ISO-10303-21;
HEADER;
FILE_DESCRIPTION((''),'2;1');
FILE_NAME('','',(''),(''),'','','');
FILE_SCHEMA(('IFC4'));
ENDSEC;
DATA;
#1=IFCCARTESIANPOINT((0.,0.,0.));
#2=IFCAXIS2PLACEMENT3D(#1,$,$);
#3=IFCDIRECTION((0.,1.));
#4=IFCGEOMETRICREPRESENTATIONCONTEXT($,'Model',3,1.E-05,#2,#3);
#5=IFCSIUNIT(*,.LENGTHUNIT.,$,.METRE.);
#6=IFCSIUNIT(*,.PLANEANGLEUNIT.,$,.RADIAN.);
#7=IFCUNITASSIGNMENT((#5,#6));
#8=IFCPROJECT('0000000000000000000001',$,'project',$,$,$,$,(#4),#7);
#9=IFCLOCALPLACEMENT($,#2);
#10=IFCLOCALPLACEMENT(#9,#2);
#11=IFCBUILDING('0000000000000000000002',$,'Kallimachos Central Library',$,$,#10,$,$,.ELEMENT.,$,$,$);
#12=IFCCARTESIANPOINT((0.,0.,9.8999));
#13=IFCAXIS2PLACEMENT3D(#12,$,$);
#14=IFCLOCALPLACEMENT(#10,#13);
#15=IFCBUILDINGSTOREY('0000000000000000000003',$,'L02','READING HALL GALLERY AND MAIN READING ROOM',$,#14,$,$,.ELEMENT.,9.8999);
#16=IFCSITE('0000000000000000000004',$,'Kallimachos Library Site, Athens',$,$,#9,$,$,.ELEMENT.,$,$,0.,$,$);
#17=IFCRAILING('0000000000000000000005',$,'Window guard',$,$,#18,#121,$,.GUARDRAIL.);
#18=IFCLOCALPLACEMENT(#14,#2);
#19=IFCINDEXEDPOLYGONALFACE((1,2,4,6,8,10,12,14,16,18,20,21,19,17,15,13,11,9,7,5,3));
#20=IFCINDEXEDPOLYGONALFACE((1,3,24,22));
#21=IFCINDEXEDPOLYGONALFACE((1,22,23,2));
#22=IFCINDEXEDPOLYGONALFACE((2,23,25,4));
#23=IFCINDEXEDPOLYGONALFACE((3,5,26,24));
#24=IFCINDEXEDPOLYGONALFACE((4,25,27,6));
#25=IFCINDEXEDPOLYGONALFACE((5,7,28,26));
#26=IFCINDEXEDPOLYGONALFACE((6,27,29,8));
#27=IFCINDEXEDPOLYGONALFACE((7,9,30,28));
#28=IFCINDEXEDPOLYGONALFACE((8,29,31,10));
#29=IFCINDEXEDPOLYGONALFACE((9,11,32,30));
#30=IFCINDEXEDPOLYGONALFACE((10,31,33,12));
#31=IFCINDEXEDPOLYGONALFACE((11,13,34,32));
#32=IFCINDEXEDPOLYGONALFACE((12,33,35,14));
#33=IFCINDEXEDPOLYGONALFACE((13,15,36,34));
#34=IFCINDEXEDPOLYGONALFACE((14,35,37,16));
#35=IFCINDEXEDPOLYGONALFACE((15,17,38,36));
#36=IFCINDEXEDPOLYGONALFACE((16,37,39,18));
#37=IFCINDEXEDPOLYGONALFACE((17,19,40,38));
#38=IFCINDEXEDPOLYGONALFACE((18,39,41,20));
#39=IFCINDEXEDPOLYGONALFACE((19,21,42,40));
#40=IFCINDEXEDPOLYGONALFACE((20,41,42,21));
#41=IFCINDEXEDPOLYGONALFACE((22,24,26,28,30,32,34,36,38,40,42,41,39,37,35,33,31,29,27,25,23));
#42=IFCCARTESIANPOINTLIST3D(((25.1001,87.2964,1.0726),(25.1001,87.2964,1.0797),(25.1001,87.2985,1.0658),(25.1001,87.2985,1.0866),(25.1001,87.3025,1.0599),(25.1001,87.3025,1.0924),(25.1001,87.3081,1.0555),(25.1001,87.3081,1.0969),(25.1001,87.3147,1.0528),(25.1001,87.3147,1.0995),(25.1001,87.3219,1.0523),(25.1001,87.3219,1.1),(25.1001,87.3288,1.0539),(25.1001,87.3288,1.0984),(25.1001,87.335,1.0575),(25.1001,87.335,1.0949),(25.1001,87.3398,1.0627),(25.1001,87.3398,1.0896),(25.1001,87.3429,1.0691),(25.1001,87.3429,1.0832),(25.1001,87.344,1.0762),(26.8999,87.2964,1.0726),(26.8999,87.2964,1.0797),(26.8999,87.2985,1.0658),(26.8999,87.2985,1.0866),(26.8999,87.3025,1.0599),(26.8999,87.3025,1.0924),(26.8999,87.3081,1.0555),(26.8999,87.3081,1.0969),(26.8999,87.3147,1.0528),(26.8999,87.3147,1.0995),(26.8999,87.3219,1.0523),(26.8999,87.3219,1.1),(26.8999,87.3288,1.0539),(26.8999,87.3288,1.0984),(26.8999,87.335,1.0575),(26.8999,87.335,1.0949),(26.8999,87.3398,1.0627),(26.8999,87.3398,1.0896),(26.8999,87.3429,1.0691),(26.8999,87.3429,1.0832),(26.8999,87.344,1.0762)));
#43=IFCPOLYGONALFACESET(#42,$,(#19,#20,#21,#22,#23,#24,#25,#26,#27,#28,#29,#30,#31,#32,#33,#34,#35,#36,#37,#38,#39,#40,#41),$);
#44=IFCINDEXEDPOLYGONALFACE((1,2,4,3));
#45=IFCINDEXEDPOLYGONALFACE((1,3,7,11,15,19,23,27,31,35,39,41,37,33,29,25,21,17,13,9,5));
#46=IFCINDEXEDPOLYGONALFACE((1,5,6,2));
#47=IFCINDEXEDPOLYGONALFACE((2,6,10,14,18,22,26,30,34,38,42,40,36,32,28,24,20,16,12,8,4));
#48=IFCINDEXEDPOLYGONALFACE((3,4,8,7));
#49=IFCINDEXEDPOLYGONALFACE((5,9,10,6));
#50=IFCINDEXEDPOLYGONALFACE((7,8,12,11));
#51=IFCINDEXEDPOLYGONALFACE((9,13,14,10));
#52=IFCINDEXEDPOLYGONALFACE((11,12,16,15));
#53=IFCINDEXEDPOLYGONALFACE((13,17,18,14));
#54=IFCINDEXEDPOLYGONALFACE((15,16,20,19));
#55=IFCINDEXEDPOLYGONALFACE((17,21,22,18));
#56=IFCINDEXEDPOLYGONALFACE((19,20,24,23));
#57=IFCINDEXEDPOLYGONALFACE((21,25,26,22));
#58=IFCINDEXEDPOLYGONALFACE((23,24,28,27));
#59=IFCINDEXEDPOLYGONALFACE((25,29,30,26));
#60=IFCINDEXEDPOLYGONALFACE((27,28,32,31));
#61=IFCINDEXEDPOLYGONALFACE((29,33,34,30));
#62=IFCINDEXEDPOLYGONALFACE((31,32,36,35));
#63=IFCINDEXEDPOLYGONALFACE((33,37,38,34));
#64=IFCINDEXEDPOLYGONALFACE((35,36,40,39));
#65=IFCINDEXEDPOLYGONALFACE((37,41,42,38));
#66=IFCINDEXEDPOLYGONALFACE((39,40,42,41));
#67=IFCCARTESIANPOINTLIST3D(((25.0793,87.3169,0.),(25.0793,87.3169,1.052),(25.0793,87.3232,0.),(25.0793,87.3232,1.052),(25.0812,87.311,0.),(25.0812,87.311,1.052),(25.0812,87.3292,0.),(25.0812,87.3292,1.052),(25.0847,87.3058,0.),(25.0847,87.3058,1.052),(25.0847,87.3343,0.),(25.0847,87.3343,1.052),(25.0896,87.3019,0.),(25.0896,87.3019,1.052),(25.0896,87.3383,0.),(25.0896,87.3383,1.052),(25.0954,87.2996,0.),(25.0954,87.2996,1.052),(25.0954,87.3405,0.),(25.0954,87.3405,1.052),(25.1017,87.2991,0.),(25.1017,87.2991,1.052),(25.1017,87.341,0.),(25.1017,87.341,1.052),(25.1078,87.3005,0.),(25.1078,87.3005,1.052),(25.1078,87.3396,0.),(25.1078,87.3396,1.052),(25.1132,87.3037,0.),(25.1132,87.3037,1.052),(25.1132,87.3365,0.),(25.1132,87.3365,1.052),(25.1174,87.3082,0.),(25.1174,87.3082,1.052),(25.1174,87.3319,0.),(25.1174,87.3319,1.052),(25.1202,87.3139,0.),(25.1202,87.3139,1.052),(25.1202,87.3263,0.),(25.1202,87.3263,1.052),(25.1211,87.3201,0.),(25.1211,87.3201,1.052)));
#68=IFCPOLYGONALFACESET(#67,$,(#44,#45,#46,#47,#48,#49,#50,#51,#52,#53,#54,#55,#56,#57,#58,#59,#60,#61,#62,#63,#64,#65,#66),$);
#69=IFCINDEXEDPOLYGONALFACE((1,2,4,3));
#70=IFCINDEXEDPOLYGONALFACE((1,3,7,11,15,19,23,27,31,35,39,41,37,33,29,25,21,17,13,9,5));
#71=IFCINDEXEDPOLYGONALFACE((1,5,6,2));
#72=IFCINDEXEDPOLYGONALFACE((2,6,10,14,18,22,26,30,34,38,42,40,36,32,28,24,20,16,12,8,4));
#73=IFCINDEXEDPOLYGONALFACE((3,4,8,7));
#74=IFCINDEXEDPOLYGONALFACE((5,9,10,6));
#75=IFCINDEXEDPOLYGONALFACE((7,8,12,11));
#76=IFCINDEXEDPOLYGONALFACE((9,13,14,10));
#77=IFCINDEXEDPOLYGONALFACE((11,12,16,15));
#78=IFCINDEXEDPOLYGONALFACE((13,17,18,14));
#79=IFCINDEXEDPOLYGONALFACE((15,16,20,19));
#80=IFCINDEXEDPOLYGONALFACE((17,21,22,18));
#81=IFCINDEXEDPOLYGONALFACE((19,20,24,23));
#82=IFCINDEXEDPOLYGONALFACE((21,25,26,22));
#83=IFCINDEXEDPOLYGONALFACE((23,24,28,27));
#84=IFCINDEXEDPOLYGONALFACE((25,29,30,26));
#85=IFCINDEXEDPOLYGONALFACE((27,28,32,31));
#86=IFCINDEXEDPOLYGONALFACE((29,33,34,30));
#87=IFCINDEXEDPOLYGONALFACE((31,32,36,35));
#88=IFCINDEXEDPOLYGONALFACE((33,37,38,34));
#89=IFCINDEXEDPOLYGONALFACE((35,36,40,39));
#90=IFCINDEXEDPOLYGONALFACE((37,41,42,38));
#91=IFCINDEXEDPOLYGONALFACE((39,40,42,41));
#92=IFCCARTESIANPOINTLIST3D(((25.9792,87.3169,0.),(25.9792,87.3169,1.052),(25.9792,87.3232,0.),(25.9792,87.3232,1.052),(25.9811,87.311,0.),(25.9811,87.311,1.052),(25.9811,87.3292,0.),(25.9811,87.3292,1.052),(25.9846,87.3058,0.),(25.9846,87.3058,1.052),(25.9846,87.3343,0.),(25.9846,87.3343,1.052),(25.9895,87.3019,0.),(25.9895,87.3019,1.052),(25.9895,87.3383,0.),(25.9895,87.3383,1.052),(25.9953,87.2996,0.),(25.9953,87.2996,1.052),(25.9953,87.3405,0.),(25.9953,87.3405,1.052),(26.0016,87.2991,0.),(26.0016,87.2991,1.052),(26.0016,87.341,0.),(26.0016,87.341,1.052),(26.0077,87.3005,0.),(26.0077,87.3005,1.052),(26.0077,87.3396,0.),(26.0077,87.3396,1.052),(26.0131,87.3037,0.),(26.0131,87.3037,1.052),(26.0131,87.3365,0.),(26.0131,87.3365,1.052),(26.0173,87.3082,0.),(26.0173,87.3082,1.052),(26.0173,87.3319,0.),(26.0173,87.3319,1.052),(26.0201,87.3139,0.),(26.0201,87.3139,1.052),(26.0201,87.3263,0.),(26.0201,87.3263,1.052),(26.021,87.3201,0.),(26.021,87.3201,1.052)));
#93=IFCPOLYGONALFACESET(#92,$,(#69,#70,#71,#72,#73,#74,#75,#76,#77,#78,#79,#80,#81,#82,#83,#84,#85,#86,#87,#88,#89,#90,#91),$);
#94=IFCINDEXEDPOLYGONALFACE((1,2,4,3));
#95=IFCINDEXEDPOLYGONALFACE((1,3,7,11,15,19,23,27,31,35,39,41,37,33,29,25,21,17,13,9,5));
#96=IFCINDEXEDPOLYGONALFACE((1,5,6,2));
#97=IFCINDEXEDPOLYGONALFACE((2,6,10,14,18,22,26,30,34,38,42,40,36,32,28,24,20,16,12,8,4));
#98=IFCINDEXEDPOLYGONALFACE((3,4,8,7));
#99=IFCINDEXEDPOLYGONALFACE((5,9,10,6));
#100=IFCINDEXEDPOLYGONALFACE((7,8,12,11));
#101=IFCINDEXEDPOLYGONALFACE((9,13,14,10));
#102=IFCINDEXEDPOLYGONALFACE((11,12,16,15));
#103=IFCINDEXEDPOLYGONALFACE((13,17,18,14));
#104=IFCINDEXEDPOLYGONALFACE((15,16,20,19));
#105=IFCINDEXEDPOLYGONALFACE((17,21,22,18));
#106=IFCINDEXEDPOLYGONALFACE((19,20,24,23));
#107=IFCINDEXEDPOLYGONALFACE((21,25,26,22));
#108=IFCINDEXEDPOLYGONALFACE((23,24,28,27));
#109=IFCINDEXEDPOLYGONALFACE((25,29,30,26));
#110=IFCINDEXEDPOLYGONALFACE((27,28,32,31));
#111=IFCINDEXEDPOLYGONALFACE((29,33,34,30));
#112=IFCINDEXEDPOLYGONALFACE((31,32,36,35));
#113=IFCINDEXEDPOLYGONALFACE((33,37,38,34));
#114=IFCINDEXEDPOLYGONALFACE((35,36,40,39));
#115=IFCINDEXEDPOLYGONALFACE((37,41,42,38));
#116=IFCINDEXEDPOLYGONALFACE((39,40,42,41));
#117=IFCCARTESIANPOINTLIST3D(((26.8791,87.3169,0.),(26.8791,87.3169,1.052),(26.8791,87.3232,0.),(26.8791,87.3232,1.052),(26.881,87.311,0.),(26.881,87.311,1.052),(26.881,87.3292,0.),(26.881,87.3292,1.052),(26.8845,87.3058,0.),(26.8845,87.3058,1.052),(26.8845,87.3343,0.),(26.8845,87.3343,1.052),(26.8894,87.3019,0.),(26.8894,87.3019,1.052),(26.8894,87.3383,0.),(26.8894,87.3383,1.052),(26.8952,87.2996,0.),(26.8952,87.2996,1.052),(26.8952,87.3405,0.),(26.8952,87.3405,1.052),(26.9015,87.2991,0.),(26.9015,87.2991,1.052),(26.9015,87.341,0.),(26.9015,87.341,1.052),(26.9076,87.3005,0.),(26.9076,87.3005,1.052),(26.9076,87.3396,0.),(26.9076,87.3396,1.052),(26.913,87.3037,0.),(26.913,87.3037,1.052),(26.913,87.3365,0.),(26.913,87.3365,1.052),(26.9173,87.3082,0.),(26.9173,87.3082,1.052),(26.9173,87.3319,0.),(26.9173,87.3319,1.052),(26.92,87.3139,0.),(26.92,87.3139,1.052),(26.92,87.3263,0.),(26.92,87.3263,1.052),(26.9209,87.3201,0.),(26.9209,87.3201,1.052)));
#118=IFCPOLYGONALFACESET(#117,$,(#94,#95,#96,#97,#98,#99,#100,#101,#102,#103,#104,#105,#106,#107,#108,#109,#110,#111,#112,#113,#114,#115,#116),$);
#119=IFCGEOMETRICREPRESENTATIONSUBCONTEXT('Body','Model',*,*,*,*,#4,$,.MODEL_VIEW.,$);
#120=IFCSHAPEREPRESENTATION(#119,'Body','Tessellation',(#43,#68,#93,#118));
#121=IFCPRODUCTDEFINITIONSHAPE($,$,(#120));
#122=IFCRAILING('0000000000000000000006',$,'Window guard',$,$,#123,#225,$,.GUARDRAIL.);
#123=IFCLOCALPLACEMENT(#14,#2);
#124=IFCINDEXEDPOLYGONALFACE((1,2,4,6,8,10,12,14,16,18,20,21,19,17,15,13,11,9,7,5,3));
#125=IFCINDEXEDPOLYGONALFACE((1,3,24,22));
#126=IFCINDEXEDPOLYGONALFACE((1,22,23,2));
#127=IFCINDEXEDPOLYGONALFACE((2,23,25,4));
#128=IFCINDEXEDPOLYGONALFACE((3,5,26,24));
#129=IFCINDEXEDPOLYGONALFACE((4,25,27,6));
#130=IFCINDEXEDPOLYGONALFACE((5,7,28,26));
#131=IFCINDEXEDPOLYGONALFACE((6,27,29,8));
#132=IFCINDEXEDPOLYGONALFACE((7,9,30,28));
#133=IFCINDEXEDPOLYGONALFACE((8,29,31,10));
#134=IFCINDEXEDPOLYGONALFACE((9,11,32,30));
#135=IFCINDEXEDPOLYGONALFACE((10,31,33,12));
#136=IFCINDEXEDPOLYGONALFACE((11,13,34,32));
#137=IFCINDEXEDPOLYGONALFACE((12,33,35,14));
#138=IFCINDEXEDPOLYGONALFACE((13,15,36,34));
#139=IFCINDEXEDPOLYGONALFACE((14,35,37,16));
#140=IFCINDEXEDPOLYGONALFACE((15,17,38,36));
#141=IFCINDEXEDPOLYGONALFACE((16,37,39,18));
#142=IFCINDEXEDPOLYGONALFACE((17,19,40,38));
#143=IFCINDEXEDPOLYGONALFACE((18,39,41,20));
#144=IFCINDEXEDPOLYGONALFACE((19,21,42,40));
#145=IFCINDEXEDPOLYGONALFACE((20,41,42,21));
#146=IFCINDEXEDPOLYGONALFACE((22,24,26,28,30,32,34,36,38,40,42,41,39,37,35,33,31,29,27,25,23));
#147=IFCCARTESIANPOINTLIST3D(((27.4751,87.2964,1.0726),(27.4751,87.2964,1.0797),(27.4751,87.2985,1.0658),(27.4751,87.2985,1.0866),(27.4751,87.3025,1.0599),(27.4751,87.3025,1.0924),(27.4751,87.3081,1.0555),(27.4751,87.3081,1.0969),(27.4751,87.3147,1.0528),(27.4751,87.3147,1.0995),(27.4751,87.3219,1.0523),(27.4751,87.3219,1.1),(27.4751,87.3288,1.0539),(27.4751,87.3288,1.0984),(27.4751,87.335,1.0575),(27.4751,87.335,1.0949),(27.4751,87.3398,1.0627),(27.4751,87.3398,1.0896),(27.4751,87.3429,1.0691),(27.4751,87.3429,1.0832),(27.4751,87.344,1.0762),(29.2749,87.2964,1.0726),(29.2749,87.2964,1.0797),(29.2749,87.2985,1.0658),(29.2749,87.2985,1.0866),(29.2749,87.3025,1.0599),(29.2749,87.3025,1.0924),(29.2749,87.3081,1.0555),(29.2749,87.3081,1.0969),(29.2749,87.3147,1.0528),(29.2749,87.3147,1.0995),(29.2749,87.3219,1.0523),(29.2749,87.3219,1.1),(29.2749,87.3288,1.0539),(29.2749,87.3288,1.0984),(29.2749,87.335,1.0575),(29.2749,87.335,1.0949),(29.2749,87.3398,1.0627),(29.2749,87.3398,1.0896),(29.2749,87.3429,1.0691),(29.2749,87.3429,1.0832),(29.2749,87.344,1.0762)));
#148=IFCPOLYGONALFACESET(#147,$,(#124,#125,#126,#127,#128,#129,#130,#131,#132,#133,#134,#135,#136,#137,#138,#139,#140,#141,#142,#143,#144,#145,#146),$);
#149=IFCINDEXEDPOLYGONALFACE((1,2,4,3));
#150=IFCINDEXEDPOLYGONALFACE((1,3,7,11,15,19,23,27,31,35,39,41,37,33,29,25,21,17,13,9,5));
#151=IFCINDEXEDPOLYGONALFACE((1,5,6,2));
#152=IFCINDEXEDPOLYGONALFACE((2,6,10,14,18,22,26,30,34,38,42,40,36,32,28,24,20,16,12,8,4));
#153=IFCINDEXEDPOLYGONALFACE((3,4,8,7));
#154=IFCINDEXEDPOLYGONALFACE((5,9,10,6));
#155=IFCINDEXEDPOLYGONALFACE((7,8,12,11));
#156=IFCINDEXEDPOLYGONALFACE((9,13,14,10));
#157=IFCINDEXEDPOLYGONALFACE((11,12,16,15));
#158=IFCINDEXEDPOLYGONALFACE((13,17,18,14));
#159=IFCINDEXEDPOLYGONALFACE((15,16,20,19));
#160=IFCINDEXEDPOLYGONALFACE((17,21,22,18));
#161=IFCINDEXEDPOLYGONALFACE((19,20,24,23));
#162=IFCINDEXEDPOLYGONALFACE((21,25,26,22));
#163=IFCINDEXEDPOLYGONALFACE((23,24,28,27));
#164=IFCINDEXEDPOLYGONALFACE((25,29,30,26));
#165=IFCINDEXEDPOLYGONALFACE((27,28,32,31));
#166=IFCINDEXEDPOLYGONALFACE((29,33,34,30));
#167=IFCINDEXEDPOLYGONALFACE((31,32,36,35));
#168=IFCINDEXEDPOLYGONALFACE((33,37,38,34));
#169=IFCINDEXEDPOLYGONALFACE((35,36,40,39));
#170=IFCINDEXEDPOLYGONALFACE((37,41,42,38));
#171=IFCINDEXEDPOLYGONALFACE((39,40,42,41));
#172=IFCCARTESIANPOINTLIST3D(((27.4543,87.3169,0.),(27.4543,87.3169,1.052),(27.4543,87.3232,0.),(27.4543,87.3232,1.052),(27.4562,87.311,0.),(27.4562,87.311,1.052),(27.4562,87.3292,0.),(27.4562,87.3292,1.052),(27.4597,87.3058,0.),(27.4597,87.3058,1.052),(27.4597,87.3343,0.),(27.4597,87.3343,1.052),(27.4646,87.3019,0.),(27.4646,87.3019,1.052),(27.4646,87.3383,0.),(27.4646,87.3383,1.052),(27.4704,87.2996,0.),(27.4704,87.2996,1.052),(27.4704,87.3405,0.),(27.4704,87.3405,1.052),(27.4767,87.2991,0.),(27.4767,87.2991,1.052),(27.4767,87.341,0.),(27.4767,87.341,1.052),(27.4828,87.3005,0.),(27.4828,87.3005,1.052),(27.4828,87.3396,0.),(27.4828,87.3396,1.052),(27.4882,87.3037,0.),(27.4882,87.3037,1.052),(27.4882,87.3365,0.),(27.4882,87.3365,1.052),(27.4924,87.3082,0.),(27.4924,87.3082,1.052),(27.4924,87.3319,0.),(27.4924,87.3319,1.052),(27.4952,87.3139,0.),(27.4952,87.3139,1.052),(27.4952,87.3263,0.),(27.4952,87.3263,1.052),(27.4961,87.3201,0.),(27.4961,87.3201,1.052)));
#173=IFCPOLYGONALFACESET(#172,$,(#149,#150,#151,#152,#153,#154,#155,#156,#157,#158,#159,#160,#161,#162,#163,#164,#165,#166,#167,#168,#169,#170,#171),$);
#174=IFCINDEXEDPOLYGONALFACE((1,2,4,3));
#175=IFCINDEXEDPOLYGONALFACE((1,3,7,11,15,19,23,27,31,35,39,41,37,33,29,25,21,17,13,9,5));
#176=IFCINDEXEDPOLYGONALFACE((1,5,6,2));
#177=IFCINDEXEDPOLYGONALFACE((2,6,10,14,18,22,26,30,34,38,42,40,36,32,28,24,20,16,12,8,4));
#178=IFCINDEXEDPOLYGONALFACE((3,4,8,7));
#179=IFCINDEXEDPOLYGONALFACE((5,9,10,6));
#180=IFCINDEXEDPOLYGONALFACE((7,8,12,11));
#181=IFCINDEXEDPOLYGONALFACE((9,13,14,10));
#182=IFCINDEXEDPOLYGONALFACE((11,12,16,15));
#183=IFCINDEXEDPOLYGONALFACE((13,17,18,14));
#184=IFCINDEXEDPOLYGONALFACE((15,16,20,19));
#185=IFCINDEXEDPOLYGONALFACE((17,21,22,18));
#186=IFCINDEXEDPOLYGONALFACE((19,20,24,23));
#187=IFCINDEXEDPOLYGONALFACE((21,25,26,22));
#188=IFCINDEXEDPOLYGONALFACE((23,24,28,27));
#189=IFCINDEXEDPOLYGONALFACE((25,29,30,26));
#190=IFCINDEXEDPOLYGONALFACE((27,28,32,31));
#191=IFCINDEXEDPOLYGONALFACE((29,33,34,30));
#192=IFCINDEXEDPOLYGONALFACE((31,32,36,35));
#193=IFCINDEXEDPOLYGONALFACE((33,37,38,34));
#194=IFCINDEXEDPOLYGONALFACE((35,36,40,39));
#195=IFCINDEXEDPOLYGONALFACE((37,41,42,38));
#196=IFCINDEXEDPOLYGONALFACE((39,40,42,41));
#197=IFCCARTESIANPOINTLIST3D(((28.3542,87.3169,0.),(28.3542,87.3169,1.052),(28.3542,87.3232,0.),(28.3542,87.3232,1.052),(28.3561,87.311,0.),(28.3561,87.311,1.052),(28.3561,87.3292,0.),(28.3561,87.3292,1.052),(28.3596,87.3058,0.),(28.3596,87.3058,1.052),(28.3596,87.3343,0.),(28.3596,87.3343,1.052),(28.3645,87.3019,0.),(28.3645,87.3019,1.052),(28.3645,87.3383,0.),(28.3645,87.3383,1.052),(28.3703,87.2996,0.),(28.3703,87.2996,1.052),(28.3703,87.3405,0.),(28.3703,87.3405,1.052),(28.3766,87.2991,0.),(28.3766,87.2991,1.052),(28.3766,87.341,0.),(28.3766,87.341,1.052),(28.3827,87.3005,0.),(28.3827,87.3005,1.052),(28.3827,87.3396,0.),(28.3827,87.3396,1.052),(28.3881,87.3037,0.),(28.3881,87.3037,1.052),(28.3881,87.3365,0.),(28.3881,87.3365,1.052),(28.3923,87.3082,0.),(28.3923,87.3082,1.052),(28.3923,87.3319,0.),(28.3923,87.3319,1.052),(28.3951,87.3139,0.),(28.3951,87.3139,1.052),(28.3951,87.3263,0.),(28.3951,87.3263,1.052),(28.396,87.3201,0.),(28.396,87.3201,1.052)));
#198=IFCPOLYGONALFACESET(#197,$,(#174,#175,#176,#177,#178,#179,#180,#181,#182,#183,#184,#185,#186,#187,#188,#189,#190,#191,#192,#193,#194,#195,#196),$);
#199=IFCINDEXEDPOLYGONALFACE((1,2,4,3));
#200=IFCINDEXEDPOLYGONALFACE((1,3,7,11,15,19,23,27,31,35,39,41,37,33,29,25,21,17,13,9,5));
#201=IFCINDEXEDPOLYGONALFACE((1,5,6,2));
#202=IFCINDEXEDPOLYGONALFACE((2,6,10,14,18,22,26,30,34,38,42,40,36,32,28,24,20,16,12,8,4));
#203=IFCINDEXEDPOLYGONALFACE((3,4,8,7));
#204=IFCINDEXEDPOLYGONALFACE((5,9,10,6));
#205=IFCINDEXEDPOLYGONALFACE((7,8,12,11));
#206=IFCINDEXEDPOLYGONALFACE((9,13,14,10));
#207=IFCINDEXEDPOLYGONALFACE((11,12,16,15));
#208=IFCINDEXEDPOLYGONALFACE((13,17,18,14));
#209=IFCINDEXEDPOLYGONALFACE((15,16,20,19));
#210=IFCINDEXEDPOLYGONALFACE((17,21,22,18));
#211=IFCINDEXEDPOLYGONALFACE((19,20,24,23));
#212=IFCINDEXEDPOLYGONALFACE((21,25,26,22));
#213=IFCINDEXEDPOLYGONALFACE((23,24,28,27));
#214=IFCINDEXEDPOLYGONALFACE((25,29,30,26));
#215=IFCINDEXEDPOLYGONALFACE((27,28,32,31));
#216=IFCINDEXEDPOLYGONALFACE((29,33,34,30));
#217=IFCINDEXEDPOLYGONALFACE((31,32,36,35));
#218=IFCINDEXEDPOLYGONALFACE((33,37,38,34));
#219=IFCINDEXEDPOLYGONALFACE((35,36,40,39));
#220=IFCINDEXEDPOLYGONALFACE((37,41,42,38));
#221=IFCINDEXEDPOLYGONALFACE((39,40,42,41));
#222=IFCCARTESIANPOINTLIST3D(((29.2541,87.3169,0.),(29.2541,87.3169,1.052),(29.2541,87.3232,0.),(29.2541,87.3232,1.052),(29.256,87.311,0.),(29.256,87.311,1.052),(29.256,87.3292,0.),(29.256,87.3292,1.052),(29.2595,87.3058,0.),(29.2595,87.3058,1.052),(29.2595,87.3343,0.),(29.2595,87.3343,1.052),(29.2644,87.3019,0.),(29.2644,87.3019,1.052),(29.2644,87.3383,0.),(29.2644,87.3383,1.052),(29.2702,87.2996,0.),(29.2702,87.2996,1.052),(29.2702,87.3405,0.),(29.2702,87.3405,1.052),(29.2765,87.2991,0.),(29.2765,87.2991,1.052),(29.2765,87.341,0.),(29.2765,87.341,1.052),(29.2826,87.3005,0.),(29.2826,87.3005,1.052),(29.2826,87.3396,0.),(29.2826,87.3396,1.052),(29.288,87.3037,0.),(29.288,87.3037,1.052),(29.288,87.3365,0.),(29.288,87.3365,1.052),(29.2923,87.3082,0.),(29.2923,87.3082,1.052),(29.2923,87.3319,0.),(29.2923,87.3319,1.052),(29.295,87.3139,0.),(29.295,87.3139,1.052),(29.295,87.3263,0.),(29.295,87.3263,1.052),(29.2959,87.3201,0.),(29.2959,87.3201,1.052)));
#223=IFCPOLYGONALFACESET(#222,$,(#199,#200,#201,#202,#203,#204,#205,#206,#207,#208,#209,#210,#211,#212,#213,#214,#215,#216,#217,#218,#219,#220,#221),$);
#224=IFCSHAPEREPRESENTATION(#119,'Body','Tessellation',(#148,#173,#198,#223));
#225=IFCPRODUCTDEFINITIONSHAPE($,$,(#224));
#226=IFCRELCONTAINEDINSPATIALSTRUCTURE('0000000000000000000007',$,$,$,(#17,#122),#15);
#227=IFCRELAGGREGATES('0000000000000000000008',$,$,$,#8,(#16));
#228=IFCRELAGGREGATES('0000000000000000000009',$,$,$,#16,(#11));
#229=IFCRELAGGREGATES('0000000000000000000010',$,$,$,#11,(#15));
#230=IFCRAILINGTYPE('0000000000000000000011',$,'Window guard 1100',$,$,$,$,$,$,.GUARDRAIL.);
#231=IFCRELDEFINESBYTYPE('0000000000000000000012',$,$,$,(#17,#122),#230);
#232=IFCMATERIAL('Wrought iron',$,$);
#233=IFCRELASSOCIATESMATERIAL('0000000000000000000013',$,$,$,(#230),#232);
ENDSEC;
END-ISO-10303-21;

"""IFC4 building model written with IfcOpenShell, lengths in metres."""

from ifc_helpers import new_model, si_unit, direction, frame, origin, origin_2d, place, context, subcontext, project, spatial, circle, extrude, material, type_object, element, save


model = new_model("IFC4")

# Units and contexts
model_context = context("Model", 3, precision=1e-05, world=origin(), true_north=direction((0.0, 1.0)))
body_context = subcontext(model_context, "Body", "Model", "MODEL_VIEW")
ifc_project = project(units=[si_unit("LENGTHUNIT", "METRE"), si_unit("PLANEANGLEUNIT", "RADIAN")], contexts=[model_context])

# Site, building, storey
site_placement = place(None, origin())
site = spatial("IfcSite", under=ifc_project, at=site_placement, Name="Kallimachos Library Site, Athens", CompositionType="ELEMENT", RefElevation=0.0)
building_placement = place(site_placement, origin())
building = spatial("IfcBuilding", under=site, at=building_placement, Name="Kallimachos Central Library", CompositionType="ELEMENT")
storey_placement = place(building_placement, frame((0.0, 0.0, 9.8999)))
storey = spatial("IfcBuildingStorey", under=building, at=storey_placement, Name="L02", Description="READING HALL GALLERY AND MAIN READING ROOM", CompositionType="ELEMENT", Elevation=9.8999)

# Railings
ifc_material_1 = material(Name="Wrought iron")
railing_type = type_object("IfcRailingType", Name="Window guard 1100", PredefinedType="GUARDRAIL", material=ifc_material_1)
for number, where, name in (
    (1, (25.1001, 87.3201, 0.0), "Window guard"),
    (2, (27.4751, 87.3201, 0.0), "Window guard"),
):
    element("IfcRailing", number, at=place(storey_placement, frame(where)), inside=storey, type_object=railing_type, Name=name, PredefinedType="GUARDRAIL", context=body_context, shape_type="SweptSolid", body=[
        extrude(circle(Radius=0.0239, at=origin_2d()), frame((0.0, 0.0, 1.0762), z_axis=(1.0, 0.0, 0.0), x_axis=(0.0, 1.0, 0.0)), (0.0, 0.0, 1.0), 1.7998),
        extrude(circle(Radius=0.021, at=origin_2d()), origin(), (0.0, 0.0, 1.0), 1.052),
        extrude(circle(Radius=0.021, at=origin_2d()), frame((0.8999, 0.0, 0.0)), (0.0, 0.0, 1.0), 1.052),
        extrude(circle(Radius=0.021, at=origin_2d()), frame((1.7998, 0.0, 0.0)), (0.0, 0.0, 1.0), 1.052),
    ])

save(model, "model.ifc")
